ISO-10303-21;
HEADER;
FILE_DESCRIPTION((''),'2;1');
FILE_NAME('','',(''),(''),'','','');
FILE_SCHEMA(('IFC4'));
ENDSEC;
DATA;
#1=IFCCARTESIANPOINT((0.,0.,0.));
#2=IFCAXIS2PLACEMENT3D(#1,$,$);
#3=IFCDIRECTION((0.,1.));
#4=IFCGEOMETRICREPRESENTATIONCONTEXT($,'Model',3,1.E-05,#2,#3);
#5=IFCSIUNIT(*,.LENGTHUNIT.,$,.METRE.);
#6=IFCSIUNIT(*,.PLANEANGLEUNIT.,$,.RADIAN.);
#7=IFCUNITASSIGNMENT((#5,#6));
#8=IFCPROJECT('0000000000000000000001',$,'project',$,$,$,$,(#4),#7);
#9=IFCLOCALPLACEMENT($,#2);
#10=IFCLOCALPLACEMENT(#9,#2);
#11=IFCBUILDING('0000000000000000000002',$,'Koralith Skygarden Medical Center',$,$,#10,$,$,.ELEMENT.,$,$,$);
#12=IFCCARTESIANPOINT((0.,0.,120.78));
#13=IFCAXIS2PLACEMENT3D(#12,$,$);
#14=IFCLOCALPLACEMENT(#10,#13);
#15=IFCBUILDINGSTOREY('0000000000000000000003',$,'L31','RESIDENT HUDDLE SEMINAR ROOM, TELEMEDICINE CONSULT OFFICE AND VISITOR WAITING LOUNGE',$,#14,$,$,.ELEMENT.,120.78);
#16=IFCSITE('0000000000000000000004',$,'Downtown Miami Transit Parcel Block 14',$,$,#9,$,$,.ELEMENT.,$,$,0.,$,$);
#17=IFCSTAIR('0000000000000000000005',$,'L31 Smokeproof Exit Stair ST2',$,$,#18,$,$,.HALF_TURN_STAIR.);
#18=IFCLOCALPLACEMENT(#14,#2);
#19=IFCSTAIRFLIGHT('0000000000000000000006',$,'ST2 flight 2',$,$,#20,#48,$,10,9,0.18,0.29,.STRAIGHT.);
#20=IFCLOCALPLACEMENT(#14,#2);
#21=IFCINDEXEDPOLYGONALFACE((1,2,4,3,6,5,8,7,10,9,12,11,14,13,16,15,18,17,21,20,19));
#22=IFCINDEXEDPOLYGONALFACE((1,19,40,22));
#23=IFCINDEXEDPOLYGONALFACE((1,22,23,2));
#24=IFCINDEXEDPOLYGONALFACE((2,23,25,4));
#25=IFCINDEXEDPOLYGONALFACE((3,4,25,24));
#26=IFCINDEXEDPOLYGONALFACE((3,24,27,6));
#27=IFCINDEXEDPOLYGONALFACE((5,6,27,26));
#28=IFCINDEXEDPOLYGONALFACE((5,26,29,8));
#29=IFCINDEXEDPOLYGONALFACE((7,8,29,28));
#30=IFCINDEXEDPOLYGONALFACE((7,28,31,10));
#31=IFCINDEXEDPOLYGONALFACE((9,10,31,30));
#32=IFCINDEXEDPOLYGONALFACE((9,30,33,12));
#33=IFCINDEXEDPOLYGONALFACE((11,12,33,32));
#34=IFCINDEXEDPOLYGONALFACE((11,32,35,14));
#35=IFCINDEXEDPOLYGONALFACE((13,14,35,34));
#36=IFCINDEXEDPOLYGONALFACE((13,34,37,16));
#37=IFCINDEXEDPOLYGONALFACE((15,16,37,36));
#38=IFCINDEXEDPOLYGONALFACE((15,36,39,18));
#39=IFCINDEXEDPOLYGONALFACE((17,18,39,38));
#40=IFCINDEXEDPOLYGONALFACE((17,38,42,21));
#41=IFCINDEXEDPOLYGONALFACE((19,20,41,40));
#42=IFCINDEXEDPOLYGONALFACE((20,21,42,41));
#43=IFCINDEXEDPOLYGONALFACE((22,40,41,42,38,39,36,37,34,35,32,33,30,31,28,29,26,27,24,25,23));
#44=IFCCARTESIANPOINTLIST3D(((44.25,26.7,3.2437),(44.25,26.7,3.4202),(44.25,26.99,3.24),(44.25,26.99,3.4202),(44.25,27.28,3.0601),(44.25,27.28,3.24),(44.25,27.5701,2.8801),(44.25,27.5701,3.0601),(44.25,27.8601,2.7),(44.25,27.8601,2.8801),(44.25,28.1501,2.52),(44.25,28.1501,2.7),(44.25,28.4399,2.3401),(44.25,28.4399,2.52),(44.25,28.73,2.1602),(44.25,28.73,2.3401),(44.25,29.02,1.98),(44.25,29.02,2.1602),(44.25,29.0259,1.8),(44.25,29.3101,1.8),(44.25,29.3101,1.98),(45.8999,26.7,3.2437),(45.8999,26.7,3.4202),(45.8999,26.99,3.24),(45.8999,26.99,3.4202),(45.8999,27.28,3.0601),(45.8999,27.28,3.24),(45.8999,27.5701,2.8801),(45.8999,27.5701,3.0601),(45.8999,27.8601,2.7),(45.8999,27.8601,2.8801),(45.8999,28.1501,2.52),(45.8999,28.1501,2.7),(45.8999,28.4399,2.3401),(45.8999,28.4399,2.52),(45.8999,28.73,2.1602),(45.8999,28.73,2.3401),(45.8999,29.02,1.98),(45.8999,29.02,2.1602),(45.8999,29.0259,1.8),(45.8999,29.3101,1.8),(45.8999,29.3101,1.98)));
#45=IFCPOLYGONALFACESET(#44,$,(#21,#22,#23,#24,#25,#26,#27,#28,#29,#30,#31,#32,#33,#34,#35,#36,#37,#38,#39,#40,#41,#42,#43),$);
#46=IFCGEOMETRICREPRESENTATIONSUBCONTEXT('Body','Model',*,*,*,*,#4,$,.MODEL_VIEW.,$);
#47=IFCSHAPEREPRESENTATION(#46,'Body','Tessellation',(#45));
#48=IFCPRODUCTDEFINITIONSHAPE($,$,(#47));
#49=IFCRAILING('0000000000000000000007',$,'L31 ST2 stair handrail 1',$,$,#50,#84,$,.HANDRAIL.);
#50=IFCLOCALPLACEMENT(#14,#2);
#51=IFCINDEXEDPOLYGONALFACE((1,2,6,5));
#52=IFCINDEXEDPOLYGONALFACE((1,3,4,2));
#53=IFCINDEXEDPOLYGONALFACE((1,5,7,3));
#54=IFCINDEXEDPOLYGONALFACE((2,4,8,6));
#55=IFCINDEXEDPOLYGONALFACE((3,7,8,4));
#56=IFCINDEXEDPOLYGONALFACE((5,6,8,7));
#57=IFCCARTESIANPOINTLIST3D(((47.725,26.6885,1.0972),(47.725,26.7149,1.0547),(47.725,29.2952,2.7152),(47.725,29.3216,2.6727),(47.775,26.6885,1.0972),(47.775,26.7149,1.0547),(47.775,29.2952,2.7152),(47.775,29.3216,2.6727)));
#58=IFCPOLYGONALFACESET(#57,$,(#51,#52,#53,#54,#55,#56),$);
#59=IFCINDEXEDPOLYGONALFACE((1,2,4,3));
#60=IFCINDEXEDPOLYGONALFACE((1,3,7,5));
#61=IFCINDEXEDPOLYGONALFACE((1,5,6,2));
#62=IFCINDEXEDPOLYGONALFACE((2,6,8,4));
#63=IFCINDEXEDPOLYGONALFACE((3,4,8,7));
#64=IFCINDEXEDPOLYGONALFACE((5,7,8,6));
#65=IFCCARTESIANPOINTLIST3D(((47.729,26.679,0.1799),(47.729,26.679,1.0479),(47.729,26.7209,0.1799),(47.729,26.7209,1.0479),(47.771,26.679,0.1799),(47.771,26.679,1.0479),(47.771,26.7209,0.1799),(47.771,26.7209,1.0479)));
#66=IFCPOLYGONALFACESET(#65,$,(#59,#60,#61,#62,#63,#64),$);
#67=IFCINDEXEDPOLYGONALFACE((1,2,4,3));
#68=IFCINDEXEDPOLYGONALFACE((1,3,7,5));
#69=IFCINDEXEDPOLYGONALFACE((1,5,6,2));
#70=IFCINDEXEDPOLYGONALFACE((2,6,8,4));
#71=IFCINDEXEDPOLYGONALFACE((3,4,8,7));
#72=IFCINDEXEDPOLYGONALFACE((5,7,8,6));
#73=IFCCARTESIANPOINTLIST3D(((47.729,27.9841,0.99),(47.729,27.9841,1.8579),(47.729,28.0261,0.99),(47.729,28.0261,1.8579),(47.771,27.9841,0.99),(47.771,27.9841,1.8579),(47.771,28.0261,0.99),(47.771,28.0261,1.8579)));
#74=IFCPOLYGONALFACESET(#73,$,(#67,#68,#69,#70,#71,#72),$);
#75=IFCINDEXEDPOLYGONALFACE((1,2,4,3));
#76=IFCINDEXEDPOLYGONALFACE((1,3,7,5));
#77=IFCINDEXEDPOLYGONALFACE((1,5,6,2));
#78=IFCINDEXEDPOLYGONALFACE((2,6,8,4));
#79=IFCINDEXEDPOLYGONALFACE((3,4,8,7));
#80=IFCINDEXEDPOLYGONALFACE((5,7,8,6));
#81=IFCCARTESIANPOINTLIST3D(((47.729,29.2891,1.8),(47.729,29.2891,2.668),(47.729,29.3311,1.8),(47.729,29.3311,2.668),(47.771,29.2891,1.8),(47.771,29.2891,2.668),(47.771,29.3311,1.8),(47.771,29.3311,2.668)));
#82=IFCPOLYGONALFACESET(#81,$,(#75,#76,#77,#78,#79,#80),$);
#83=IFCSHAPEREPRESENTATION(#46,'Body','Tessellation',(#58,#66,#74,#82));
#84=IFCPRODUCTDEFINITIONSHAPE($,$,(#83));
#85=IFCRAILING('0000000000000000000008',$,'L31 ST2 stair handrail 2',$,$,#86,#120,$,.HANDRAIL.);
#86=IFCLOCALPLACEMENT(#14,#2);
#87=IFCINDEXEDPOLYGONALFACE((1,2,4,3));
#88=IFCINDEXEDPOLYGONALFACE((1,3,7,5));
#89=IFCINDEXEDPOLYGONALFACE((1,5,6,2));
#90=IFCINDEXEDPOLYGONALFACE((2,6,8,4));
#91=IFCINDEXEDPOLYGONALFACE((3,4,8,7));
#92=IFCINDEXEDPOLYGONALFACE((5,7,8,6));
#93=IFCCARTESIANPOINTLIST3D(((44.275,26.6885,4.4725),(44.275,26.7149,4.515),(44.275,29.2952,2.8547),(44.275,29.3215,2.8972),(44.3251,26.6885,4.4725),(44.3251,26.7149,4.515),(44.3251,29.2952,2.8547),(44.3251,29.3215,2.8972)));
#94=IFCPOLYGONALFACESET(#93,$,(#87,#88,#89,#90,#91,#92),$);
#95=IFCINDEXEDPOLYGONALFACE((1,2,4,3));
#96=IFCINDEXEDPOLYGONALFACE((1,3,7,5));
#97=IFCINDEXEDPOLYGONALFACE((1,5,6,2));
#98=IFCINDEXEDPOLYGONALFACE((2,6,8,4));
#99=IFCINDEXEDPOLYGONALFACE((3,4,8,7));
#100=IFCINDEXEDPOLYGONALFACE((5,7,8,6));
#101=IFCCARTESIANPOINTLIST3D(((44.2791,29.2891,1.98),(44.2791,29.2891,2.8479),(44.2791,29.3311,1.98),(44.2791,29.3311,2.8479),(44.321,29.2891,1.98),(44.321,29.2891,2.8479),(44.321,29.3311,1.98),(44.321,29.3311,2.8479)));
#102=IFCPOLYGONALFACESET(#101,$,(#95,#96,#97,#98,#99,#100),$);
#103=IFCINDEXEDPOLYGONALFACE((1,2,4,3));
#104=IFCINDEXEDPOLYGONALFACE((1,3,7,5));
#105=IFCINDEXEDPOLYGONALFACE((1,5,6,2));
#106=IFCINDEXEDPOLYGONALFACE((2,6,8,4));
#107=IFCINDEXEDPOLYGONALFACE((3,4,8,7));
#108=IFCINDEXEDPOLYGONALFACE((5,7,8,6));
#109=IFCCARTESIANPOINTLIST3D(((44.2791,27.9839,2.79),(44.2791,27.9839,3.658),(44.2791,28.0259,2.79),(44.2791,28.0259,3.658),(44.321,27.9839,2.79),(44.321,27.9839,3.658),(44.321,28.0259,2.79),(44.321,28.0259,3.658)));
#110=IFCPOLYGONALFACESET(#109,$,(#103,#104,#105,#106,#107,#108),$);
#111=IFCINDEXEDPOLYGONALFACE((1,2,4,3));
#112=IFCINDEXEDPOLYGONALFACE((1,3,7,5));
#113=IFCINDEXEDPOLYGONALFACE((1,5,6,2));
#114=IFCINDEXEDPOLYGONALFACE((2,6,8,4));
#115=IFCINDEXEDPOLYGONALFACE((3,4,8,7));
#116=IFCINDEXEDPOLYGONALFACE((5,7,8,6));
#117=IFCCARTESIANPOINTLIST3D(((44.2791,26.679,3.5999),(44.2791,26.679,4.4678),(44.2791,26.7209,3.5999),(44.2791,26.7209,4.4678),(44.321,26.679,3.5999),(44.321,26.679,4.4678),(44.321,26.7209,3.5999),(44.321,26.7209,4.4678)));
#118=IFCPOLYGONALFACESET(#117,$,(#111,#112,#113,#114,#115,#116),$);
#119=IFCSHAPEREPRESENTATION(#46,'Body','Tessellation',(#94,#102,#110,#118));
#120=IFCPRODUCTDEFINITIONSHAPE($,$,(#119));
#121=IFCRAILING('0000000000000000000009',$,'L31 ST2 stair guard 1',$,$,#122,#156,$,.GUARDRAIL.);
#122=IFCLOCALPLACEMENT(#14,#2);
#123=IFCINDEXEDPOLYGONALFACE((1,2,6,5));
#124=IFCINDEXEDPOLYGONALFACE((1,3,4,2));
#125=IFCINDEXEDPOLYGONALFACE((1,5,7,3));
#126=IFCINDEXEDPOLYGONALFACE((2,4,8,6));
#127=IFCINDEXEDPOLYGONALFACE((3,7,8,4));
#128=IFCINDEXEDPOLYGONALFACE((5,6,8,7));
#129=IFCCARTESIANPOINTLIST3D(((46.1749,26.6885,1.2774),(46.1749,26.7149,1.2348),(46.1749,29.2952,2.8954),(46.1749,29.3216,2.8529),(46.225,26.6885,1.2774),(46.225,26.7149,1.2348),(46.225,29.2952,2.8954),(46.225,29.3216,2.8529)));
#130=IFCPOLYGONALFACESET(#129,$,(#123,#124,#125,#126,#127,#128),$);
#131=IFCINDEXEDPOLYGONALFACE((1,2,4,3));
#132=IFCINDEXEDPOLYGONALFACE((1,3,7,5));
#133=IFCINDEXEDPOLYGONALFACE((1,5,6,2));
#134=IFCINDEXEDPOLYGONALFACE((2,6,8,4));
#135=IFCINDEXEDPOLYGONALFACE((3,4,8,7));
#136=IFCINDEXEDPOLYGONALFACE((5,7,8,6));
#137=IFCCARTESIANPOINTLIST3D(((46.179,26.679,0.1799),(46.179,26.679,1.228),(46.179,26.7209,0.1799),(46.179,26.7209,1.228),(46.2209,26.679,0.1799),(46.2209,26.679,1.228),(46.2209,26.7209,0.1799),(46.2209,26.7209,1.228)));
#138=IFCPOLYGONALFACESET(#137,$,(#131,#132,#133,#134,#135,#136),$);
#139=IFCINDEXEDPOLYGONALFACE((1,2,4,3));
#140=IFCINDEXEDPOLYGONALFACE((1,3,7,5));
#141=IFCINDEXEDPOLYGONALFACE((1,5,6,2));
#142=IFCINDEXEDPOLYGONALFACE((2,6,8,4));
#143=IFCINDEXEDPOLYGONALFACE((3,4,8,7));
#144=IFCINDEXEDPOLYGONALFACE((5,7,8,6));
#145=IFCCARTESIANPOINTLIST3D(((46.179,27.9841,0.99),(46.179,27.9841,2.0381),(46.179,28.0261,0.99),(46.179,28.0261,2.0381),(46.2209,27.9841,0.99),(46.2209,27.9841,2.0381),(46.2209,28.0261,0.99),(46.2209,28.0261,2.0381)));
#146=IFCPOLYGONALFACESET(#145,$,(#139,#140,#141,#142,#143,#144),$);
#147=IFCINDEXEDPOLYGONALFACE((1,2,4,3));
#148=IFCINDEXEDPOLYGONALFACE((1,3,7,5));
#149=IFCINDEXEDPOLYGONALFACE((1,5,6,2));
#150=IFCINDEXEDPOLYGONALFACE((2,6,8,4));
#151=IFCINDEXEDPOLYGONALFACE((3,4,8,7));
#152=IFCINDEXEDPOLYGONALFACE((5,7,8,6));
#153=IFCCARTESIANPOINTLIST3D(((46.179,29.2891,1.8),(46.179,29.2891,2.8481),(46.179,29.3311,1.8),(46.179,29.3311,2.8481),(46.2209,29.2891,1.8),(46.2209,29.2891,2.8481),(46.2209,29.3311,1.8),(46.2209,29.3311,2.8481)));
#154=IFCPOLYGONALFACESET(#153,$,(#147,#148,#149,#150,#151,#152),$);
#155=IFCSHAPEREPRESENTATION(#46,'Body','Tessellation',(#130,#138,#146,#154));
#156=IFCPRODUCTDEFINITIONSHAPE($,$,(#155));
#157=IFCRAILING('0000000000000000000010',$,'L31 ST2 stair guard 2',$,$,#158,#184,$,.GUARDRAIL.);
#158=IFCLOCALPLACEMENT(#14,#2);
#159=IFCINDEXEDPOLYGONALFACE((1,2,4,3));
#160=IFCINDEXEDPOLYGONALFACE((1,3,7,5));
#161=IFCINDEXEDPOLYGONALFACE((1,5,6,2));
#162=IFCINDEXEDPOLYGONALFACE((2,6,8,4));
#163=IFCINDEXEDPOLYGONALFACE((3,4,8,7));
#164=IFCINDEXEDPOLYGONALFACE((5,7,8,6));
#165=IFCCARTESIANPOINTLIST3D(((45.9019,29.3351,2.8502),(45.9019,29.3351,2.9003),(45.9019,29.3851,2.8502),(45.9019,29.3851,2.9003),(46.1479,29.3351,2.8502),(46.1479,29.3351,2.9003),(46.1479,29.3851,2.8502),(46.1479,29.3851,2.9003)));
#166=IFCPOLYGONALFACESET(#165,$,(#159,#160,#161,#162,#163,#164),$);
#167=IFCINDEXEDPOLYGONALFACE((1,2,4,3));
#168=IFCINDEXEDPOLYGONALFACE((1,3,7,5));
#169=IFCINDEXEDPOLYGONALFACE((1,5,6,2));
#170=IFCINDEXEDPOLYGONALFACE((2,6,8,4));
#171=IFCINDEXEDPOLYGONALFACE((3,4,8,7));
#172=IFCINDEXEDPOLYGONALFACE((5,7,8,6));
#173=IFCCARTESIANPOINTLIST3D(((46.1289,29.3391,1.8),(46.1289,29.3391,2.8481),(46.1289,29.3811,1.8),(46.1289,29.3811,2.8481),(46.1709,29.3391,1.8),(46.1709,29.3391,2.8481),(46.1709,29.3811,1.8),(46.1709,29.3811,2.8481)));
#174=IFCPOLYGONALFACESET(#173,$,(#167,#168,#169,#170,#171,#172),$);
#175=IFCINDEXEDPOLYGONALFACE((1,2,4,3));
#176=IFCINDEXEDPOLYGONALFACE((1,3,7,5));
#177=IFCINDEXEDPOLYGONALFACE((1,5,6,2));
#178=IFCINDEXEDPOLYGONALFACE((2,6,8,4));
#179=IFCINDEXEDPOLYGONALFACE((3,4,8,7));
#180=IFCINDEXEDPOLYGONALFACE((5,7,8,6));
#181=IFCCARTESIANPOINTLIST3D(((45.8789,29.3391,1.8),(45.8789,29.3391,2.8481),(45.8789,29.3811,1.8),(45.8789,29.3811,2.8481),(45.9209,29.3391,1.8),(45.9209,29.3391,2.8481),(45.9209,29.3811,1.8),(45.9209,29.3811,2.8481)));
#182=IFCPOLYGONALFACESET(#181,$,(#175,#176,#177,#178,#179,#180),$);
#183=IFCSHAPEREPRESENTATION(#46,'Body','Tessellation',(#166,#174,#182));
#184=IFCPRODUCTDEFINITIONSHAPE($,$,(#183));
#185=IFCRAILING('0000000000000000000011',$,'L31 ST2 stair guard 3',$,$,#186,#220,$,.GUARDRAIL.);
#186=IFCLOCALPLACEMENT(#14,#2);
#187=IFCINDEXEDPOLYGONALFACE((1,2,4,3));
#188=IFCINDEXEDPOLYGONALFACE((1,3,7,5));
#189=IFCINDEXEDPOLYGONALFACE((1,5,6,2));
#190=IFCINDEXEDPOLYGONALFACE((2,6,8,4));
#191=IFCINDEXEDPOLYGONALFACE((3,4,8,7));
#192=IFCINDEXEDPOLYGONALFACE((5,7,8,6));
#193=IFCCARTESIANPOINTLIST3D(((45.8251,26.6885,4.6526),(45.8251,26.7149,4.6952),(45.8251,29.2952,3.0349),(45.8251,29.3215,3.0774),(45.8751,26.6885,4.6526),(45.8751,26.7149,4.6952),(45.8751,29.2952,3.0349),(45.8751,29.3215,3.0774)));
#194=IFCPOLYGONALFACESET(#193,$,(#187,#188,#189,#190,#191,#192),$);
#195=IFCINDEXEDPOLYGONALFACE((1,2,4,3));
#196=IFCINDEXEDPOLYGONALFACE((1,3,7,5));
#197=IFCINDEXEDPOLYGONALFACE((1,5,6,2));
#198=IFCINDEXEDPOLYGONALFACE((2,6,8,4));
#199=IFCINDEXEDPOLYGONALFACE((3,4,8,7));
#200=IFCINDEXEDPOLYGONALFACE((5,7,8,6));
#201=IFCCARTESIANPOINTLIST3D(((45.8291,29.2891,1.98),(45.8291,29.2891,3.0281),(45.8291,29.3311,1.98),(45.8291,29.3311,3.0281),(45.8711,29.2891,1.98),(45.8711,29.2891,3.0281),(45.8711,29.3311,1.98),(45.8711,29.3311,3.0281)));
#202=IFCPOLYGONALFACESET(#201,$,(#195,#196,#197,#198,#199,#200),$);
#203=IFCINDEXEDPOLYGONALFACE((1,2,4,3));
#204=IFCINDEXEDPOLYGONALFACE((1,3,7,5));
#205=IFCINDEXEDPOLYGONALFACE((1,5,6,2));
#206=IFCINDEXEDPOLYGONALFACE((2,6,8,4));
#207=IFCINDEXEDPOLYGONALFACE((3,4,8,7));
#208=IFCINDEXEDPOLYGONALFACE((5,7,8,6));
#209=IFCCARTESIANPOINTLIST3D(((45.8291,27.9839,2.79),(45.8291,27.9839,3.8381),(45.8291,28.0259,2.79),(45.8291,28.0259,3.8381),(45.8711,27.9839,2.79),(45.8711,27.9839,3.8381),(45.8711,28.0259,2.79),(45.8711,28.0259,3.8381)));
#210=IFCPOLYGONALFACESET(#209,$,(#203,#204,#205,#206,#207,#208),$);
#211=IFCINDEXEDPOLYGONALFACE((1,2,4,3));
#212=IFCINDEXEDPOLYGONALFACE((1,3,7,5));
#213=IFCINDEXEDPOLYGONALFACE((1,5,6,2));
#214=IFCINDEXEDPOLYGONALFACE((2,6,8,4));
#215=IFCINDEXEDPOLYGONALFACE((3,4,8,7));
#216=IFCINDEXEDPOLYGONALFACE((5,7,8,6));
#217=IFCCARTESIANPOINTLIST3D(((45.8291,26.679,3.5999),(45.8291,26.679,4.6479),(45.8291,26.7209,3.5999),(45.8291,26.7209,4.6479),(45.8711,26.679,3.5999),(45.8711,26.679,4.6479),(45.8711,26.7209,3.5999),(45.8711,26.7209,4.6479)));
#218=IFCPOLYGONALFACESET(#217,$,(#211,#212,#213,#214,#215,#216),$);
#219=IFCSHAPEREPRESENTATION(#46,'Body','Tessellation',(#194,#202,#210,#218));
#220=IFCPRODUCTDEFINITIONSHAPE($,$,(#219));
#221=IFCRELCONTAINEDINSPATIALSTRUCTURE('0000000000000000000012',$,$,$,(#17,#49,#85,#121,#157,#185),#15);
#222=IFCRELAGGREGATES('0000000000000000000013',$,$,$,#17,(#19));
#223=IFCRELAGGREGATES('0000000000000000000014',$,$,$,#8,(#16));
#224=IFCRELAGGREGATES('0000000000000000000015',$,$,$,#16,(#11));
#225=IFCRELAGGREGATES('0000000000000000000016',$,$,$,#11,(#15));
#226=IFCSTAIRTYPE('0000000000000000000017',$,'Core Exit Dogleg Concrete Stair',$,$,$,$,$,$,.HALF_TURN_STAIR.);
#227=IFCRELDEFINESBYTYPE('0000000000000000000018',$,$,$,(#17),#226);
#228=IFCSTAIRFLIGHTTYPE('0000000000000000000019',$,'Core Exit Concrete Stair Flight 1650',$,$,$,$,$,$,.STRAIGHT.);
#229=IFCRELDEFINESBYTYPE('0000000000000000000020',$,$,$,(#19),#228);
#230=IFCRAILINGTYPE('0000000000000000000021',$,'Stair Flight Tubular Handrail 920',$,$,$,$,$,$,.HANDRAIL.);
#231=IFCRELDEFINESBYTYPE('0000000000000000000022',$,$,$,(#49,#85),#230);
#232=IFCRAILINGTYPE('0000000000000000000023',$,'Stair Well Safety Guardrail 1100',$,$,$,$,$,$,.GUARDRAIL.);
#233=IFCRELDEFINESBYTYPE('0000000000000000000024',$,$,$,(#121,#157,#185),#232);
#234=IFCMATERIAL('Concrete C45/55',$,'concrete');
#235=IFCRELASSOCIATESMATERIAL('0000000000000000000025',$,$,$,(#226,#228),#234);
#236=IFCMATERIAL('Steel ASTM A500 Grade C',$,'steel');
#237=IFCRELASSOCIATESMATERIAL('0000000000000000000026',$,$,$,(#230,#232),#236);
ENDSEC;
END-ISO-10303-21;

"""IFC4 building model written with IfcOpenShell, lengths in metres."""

from ifc_helpers import new_model, si_unit, direction, frame, origin, origin_2d, place, context, subcontext, project, spatial, polyline, rectangle, outline, extrude, material, type_object, element, aggregate, save


model = new_model("IFC4")

# Units and contexts
model_context = context("Model", 3, precision=1e-05, world=origin(), true_north=direction((0.0, 1.0)))
body_context = subcontext(model_context, "Body", "Model", "MODEL_VIEW")
ifc_project = project(units=[si_unit("LENGTHUNIT", "METRE"), si_unit("PLANEANGLEUNIT", "RADIAN")], contexts=[model_context])

# Site, building, storey
site_placement = place(None, origin())
site = spatial("IfcSite", under=ifc_project, at=site_placement, Name="Downtown Miami Transit Parcel Block 14", CompositionType="ELEMENT", RefElevation=0.0)
building_placement = place(site_placement, origin())
building = spatial("IfcBuilding", under=site, at=building_placement, Name="Koralith Skygarden Medical Center", CompositionType="ELEMENT")
storey_placement = place(building_placement, frame((0.0, 0.0, 120.78)))
storey = spatial("IfcBuildingStorey", under=building, at=storey_placement, Name="L31", Description="RESIDENT HUDDLE SEMINAR ROOM, TELEMEDICINE CONSULT OFFICE AND VISITOR WAITING LOUNGE", CompositionType="ELEMENT", Elevation=120.78)

# Shared definitions
ifc_material_1 = material(Name="Concrete C45/55", Category="concrete")

# Stair, stair flight
stair_type = type_object("IfcStairType", Name="Core Exit Dogleg Concrete Stair", PredefinedType="HALF_TURN_STAIR", material=ifc_material_1)
stair_placement = place(storey_placement, origin())
stair = element("IfcStair", 1, at=stair_placement, inside=storey, type_object=stair_type, Name="L31 Smokeproof Exit Stair ST2", PredefinedType="HALF_TURN_STAIR")
stair_flight_type = type_object("IfcStairFlightType", Name="Core Exit Concrete Stair Flight 1650", PredefinedType="STRAIGHT", material=ifc_material_1)
stair_flight_1_placement = place(storey_placement, frame((45.075, 29.3101, 1.8), z_axis=(0.0, 0.0, 1.0), x_axis=(0.0, -1.0, 0.0)))
stair_flight_1 = element("IfcStairFlight", 2, at=stair_flight_1_placement, type_object=stair_flight_type, Name="ST2 flight 2", NumberOfRisers=10, NumberOfTreads=9, PredefinedType="STRAIGHT", RiserHeight=0.18, TreadLength=0.29, context=body_context, shape_type="SweptSolid", body=[
    extrude(outline(polyline([(0.0, 0.0), (0.0, 0.1799), (0.29, 0.1799), (0.29, 0.3601), (0.5801, 0.3601), (0.5801, 0.54), (0.8701, 0.54), (0.8701, 0.72), (1.1599, 0.72), (1.1599, 0.8999), (1.45, 0.8999), (1.45, 1.0801), (1.74, 1.0801), (1.74, 1.26), (2.03, 1.26), (2.03, 1.4399), (2.3201, 1.4399), (2.3201, 1.6201), (2.6101, 1.6201), (2.6101, 1.8), (2.6101, 1.4436), (0.2842, 0.0), (0.0, 0.0)])), frame((0.0, 0.825, 0.0), z_axis=(0.0, -1.0, 0.0), x_axis=(1.0, 0.0, 0.0)), (0.0, 0.0, 1.0), 1.6499),
])
aggregate(stair, [stair_flight_1])

# Railings
ifc_material_2 = material(Name="Steel ASTM A500 Grade C", Category="steel")
railing_type_1 = type_object("IfcRailingType", Name="Stair Flight Tubular Handrail 920", PredefinedType="HANDRAIL", material=ifc_material_2)
railing_1_placement = place(storey_placement, frame((47.75, 26.7, 0.1799)))
element("IfcRailing", 3, at=railing_1_placement, inside=storey, type_object=railing_type_1, Name="L31 ST2 stair handrail 1", PredefinedType="HANDRAIL", context=body_context, shape_type="SweptSolid", body=[
    extrude(rectangle(XDim=0.05, YDim=0.05, at=origin_2d()), frame((0.0, 0.0017, 0.896), z_axis=(0.0, 0.849633, 0.527375), x_axis=(-1.0, 0.0, 0.0)), (0.0, 0.0, 1.0), 3.0681),
    extrude(rectangle(XDim=0.042, YDim=0.042, at=origin_2d()), origin(), (0.0, 0.0, 1.0), 0.8679),
    extrude(rectangle(XDim=0.042, YDim=0.042, at=origin_2d()), frame((0.0, 1.3052, 0.8101)), (0.0, 0.0, 1.0), 0.8679),
    extrude(rectangle(XDim=0.042, YDim=0.042, at=origin_2d()), frame((0.0, 2.6101, 1.6201)), (0.0, 0.0, 1.0), 0.8679),
])
railing_2_placement = place(storey_placement, frame((44.3, 29.3101, 1.98)))
element("IfcRailing", 4, at=railing_2_placement, inside=storey, type_object=railing_type_1, Name="L31 ST2 stair handrail 2", PredefinedType="HANDRAIL", context=body_context, shape_type="SweptSolid", body=[
    extrude(rectangle(XDim=0.05, YDim=0.05, at=origin_2d()), frame((0.0, -0.0017, 0.896), z_axis=(0.0, -0.849668, 0.527317), x_axis=(1.0, 0.0, 0.0)), (0.0, 0.0, 1.0), 3.0679),
    extrude(rectangle(XDim=0.042, YDim=0.042, at=origin_2d()), origin(), (0.0, 0.0, 1.0), 0.8679),
    extrude(rectangle(XDim=0.042, YDim=0.042, at=origin_2d()), frame((0.0, -1.3052, 0.8101)), (0.0, 0.0, 1.0), 0.8679),
    extrude(rectangle(XDim=0.042, YDim=0.042, at=origin_2d()), frame((0.0, -2.6101, 1.6199)), (0.0, 0.0, 1.0), 0.8679),
])
railing_type_2 = type_object("IfcRailingType", Name="Stair Well Safety Guardrail 1100", PredefinedType="GUARDRAIL", material=ifc_material_2)
railing_3_placement = place(storey_placement, frame((46.2, 26.7, 0.1799)))
element("IfcRailing", 5, at=railing_3_placement, inside=storey, type_object=railing_type_2, Name="L31 ST2 stair guard 1", PredefinedType="GUARDRAIL", context=body_context, shape_type="SweptSolid", body=[
    extrude(rectangle(XDim=0.05, YDim=0.05, at=origin_2d()), frame((0.0, 0.0017, 1.0762), z_axis=(0.0, 0.849633, 0.527375), x_axis=(-1.0, 0.0, 0.0)), (0.0, 0.0, 1.0), 3.0681),
    extrude(rectangle(XDim=0.042, YDim=0.042, at=origin_2d()), origin(), (0.0, 0.0, 1.0), 1.0481),
    extrude(rectangle(XDim=0.042, YDim=0.042, at=origin_2d()), frame((0.0, 1.3052, 0.8101)), (0.0, 0.0, 1.0), 1.0481),
    extrude(rectangle(XDim=0.042, YDim=0.042, at=origin_2d()), frame((0.0, 2.6101, 1.6201)), (0.0, 0.0, 1.0), 1.0481),
])
railing_4_placement = place(storey_placement, frame((46.1499, 29.3601, 1.8)))
element("IfcRailing", 6, at=railing_4_placement, inside=storey, type_object=railing_type_2, Name="L31 ST2 stair guard 2", PredefinedType="GUARDRAIL", context=body_context, shape_type="SweptSolid", body=[
    extrude(rectangle(XDim=0.05, YDim=0.05, at=origin_2d()), frame((-0.002, 0.0, 1.0752), z_axis=(-1.0, 0.0, 0.0), x_axis=(0.0, -1.0, 0.0)), (0.0, 0.0, 1.0), 0.2461),
    extrude(rectangle(XDim=0.042, YDim=0.042, at=origin_2d()), origin(), (0.0, 0.0, 1.0), 1.0481),
    extrude(rectangle(XDim=0.042, YDim=0.042, at=origin_2d()), frame((-0.25, 0.0, 0.0)), (0.0, 0.0, 1.0), 1.0481),
])
railing_5_placement = place(storey_placement, frame((45.8501, 29.3101, 1.98)))
element("IfcRailing", 7, at=railing_5_placement, inside=storey, type_object=railing_type_2, Name="L31 ST2 stair guard 3", PredefinedType="GUARDRAIL", context=body_context, shape_type="SweptSolid", body=[
    extrude(rectangle(XDim=0.05, YDim=0.05, at=origin_2d()), frame((0.0, -0.0017, 1.0762), z_axis=(0.0, -0.849668, 0.527317), x_axis=(1.0, 0.0, 0.0)), (0.0, 0.0, 1.0), 3.0679),
    extrude(rectangle(XDim=0.042, YDim=0.042, at=origin_2d()), origin(), (0.0, 0.0, 1.0), 1.0481),
    extrude(rectangle(XDim=0.042, YDim=0.042, at=origin_2d()), frame((0.0, -1.3052, 0.8101)), (0.0, 0.0, 1.0), 1.0481),
    extrude(rectangle(XDim=0.042, YDim=0.042, at=origin_2d()), frame((0.0, -2.6101, 1.6199)), (0.0, 0.0, 1.0), 1.0481),
])

save(model, "model.ifc")
